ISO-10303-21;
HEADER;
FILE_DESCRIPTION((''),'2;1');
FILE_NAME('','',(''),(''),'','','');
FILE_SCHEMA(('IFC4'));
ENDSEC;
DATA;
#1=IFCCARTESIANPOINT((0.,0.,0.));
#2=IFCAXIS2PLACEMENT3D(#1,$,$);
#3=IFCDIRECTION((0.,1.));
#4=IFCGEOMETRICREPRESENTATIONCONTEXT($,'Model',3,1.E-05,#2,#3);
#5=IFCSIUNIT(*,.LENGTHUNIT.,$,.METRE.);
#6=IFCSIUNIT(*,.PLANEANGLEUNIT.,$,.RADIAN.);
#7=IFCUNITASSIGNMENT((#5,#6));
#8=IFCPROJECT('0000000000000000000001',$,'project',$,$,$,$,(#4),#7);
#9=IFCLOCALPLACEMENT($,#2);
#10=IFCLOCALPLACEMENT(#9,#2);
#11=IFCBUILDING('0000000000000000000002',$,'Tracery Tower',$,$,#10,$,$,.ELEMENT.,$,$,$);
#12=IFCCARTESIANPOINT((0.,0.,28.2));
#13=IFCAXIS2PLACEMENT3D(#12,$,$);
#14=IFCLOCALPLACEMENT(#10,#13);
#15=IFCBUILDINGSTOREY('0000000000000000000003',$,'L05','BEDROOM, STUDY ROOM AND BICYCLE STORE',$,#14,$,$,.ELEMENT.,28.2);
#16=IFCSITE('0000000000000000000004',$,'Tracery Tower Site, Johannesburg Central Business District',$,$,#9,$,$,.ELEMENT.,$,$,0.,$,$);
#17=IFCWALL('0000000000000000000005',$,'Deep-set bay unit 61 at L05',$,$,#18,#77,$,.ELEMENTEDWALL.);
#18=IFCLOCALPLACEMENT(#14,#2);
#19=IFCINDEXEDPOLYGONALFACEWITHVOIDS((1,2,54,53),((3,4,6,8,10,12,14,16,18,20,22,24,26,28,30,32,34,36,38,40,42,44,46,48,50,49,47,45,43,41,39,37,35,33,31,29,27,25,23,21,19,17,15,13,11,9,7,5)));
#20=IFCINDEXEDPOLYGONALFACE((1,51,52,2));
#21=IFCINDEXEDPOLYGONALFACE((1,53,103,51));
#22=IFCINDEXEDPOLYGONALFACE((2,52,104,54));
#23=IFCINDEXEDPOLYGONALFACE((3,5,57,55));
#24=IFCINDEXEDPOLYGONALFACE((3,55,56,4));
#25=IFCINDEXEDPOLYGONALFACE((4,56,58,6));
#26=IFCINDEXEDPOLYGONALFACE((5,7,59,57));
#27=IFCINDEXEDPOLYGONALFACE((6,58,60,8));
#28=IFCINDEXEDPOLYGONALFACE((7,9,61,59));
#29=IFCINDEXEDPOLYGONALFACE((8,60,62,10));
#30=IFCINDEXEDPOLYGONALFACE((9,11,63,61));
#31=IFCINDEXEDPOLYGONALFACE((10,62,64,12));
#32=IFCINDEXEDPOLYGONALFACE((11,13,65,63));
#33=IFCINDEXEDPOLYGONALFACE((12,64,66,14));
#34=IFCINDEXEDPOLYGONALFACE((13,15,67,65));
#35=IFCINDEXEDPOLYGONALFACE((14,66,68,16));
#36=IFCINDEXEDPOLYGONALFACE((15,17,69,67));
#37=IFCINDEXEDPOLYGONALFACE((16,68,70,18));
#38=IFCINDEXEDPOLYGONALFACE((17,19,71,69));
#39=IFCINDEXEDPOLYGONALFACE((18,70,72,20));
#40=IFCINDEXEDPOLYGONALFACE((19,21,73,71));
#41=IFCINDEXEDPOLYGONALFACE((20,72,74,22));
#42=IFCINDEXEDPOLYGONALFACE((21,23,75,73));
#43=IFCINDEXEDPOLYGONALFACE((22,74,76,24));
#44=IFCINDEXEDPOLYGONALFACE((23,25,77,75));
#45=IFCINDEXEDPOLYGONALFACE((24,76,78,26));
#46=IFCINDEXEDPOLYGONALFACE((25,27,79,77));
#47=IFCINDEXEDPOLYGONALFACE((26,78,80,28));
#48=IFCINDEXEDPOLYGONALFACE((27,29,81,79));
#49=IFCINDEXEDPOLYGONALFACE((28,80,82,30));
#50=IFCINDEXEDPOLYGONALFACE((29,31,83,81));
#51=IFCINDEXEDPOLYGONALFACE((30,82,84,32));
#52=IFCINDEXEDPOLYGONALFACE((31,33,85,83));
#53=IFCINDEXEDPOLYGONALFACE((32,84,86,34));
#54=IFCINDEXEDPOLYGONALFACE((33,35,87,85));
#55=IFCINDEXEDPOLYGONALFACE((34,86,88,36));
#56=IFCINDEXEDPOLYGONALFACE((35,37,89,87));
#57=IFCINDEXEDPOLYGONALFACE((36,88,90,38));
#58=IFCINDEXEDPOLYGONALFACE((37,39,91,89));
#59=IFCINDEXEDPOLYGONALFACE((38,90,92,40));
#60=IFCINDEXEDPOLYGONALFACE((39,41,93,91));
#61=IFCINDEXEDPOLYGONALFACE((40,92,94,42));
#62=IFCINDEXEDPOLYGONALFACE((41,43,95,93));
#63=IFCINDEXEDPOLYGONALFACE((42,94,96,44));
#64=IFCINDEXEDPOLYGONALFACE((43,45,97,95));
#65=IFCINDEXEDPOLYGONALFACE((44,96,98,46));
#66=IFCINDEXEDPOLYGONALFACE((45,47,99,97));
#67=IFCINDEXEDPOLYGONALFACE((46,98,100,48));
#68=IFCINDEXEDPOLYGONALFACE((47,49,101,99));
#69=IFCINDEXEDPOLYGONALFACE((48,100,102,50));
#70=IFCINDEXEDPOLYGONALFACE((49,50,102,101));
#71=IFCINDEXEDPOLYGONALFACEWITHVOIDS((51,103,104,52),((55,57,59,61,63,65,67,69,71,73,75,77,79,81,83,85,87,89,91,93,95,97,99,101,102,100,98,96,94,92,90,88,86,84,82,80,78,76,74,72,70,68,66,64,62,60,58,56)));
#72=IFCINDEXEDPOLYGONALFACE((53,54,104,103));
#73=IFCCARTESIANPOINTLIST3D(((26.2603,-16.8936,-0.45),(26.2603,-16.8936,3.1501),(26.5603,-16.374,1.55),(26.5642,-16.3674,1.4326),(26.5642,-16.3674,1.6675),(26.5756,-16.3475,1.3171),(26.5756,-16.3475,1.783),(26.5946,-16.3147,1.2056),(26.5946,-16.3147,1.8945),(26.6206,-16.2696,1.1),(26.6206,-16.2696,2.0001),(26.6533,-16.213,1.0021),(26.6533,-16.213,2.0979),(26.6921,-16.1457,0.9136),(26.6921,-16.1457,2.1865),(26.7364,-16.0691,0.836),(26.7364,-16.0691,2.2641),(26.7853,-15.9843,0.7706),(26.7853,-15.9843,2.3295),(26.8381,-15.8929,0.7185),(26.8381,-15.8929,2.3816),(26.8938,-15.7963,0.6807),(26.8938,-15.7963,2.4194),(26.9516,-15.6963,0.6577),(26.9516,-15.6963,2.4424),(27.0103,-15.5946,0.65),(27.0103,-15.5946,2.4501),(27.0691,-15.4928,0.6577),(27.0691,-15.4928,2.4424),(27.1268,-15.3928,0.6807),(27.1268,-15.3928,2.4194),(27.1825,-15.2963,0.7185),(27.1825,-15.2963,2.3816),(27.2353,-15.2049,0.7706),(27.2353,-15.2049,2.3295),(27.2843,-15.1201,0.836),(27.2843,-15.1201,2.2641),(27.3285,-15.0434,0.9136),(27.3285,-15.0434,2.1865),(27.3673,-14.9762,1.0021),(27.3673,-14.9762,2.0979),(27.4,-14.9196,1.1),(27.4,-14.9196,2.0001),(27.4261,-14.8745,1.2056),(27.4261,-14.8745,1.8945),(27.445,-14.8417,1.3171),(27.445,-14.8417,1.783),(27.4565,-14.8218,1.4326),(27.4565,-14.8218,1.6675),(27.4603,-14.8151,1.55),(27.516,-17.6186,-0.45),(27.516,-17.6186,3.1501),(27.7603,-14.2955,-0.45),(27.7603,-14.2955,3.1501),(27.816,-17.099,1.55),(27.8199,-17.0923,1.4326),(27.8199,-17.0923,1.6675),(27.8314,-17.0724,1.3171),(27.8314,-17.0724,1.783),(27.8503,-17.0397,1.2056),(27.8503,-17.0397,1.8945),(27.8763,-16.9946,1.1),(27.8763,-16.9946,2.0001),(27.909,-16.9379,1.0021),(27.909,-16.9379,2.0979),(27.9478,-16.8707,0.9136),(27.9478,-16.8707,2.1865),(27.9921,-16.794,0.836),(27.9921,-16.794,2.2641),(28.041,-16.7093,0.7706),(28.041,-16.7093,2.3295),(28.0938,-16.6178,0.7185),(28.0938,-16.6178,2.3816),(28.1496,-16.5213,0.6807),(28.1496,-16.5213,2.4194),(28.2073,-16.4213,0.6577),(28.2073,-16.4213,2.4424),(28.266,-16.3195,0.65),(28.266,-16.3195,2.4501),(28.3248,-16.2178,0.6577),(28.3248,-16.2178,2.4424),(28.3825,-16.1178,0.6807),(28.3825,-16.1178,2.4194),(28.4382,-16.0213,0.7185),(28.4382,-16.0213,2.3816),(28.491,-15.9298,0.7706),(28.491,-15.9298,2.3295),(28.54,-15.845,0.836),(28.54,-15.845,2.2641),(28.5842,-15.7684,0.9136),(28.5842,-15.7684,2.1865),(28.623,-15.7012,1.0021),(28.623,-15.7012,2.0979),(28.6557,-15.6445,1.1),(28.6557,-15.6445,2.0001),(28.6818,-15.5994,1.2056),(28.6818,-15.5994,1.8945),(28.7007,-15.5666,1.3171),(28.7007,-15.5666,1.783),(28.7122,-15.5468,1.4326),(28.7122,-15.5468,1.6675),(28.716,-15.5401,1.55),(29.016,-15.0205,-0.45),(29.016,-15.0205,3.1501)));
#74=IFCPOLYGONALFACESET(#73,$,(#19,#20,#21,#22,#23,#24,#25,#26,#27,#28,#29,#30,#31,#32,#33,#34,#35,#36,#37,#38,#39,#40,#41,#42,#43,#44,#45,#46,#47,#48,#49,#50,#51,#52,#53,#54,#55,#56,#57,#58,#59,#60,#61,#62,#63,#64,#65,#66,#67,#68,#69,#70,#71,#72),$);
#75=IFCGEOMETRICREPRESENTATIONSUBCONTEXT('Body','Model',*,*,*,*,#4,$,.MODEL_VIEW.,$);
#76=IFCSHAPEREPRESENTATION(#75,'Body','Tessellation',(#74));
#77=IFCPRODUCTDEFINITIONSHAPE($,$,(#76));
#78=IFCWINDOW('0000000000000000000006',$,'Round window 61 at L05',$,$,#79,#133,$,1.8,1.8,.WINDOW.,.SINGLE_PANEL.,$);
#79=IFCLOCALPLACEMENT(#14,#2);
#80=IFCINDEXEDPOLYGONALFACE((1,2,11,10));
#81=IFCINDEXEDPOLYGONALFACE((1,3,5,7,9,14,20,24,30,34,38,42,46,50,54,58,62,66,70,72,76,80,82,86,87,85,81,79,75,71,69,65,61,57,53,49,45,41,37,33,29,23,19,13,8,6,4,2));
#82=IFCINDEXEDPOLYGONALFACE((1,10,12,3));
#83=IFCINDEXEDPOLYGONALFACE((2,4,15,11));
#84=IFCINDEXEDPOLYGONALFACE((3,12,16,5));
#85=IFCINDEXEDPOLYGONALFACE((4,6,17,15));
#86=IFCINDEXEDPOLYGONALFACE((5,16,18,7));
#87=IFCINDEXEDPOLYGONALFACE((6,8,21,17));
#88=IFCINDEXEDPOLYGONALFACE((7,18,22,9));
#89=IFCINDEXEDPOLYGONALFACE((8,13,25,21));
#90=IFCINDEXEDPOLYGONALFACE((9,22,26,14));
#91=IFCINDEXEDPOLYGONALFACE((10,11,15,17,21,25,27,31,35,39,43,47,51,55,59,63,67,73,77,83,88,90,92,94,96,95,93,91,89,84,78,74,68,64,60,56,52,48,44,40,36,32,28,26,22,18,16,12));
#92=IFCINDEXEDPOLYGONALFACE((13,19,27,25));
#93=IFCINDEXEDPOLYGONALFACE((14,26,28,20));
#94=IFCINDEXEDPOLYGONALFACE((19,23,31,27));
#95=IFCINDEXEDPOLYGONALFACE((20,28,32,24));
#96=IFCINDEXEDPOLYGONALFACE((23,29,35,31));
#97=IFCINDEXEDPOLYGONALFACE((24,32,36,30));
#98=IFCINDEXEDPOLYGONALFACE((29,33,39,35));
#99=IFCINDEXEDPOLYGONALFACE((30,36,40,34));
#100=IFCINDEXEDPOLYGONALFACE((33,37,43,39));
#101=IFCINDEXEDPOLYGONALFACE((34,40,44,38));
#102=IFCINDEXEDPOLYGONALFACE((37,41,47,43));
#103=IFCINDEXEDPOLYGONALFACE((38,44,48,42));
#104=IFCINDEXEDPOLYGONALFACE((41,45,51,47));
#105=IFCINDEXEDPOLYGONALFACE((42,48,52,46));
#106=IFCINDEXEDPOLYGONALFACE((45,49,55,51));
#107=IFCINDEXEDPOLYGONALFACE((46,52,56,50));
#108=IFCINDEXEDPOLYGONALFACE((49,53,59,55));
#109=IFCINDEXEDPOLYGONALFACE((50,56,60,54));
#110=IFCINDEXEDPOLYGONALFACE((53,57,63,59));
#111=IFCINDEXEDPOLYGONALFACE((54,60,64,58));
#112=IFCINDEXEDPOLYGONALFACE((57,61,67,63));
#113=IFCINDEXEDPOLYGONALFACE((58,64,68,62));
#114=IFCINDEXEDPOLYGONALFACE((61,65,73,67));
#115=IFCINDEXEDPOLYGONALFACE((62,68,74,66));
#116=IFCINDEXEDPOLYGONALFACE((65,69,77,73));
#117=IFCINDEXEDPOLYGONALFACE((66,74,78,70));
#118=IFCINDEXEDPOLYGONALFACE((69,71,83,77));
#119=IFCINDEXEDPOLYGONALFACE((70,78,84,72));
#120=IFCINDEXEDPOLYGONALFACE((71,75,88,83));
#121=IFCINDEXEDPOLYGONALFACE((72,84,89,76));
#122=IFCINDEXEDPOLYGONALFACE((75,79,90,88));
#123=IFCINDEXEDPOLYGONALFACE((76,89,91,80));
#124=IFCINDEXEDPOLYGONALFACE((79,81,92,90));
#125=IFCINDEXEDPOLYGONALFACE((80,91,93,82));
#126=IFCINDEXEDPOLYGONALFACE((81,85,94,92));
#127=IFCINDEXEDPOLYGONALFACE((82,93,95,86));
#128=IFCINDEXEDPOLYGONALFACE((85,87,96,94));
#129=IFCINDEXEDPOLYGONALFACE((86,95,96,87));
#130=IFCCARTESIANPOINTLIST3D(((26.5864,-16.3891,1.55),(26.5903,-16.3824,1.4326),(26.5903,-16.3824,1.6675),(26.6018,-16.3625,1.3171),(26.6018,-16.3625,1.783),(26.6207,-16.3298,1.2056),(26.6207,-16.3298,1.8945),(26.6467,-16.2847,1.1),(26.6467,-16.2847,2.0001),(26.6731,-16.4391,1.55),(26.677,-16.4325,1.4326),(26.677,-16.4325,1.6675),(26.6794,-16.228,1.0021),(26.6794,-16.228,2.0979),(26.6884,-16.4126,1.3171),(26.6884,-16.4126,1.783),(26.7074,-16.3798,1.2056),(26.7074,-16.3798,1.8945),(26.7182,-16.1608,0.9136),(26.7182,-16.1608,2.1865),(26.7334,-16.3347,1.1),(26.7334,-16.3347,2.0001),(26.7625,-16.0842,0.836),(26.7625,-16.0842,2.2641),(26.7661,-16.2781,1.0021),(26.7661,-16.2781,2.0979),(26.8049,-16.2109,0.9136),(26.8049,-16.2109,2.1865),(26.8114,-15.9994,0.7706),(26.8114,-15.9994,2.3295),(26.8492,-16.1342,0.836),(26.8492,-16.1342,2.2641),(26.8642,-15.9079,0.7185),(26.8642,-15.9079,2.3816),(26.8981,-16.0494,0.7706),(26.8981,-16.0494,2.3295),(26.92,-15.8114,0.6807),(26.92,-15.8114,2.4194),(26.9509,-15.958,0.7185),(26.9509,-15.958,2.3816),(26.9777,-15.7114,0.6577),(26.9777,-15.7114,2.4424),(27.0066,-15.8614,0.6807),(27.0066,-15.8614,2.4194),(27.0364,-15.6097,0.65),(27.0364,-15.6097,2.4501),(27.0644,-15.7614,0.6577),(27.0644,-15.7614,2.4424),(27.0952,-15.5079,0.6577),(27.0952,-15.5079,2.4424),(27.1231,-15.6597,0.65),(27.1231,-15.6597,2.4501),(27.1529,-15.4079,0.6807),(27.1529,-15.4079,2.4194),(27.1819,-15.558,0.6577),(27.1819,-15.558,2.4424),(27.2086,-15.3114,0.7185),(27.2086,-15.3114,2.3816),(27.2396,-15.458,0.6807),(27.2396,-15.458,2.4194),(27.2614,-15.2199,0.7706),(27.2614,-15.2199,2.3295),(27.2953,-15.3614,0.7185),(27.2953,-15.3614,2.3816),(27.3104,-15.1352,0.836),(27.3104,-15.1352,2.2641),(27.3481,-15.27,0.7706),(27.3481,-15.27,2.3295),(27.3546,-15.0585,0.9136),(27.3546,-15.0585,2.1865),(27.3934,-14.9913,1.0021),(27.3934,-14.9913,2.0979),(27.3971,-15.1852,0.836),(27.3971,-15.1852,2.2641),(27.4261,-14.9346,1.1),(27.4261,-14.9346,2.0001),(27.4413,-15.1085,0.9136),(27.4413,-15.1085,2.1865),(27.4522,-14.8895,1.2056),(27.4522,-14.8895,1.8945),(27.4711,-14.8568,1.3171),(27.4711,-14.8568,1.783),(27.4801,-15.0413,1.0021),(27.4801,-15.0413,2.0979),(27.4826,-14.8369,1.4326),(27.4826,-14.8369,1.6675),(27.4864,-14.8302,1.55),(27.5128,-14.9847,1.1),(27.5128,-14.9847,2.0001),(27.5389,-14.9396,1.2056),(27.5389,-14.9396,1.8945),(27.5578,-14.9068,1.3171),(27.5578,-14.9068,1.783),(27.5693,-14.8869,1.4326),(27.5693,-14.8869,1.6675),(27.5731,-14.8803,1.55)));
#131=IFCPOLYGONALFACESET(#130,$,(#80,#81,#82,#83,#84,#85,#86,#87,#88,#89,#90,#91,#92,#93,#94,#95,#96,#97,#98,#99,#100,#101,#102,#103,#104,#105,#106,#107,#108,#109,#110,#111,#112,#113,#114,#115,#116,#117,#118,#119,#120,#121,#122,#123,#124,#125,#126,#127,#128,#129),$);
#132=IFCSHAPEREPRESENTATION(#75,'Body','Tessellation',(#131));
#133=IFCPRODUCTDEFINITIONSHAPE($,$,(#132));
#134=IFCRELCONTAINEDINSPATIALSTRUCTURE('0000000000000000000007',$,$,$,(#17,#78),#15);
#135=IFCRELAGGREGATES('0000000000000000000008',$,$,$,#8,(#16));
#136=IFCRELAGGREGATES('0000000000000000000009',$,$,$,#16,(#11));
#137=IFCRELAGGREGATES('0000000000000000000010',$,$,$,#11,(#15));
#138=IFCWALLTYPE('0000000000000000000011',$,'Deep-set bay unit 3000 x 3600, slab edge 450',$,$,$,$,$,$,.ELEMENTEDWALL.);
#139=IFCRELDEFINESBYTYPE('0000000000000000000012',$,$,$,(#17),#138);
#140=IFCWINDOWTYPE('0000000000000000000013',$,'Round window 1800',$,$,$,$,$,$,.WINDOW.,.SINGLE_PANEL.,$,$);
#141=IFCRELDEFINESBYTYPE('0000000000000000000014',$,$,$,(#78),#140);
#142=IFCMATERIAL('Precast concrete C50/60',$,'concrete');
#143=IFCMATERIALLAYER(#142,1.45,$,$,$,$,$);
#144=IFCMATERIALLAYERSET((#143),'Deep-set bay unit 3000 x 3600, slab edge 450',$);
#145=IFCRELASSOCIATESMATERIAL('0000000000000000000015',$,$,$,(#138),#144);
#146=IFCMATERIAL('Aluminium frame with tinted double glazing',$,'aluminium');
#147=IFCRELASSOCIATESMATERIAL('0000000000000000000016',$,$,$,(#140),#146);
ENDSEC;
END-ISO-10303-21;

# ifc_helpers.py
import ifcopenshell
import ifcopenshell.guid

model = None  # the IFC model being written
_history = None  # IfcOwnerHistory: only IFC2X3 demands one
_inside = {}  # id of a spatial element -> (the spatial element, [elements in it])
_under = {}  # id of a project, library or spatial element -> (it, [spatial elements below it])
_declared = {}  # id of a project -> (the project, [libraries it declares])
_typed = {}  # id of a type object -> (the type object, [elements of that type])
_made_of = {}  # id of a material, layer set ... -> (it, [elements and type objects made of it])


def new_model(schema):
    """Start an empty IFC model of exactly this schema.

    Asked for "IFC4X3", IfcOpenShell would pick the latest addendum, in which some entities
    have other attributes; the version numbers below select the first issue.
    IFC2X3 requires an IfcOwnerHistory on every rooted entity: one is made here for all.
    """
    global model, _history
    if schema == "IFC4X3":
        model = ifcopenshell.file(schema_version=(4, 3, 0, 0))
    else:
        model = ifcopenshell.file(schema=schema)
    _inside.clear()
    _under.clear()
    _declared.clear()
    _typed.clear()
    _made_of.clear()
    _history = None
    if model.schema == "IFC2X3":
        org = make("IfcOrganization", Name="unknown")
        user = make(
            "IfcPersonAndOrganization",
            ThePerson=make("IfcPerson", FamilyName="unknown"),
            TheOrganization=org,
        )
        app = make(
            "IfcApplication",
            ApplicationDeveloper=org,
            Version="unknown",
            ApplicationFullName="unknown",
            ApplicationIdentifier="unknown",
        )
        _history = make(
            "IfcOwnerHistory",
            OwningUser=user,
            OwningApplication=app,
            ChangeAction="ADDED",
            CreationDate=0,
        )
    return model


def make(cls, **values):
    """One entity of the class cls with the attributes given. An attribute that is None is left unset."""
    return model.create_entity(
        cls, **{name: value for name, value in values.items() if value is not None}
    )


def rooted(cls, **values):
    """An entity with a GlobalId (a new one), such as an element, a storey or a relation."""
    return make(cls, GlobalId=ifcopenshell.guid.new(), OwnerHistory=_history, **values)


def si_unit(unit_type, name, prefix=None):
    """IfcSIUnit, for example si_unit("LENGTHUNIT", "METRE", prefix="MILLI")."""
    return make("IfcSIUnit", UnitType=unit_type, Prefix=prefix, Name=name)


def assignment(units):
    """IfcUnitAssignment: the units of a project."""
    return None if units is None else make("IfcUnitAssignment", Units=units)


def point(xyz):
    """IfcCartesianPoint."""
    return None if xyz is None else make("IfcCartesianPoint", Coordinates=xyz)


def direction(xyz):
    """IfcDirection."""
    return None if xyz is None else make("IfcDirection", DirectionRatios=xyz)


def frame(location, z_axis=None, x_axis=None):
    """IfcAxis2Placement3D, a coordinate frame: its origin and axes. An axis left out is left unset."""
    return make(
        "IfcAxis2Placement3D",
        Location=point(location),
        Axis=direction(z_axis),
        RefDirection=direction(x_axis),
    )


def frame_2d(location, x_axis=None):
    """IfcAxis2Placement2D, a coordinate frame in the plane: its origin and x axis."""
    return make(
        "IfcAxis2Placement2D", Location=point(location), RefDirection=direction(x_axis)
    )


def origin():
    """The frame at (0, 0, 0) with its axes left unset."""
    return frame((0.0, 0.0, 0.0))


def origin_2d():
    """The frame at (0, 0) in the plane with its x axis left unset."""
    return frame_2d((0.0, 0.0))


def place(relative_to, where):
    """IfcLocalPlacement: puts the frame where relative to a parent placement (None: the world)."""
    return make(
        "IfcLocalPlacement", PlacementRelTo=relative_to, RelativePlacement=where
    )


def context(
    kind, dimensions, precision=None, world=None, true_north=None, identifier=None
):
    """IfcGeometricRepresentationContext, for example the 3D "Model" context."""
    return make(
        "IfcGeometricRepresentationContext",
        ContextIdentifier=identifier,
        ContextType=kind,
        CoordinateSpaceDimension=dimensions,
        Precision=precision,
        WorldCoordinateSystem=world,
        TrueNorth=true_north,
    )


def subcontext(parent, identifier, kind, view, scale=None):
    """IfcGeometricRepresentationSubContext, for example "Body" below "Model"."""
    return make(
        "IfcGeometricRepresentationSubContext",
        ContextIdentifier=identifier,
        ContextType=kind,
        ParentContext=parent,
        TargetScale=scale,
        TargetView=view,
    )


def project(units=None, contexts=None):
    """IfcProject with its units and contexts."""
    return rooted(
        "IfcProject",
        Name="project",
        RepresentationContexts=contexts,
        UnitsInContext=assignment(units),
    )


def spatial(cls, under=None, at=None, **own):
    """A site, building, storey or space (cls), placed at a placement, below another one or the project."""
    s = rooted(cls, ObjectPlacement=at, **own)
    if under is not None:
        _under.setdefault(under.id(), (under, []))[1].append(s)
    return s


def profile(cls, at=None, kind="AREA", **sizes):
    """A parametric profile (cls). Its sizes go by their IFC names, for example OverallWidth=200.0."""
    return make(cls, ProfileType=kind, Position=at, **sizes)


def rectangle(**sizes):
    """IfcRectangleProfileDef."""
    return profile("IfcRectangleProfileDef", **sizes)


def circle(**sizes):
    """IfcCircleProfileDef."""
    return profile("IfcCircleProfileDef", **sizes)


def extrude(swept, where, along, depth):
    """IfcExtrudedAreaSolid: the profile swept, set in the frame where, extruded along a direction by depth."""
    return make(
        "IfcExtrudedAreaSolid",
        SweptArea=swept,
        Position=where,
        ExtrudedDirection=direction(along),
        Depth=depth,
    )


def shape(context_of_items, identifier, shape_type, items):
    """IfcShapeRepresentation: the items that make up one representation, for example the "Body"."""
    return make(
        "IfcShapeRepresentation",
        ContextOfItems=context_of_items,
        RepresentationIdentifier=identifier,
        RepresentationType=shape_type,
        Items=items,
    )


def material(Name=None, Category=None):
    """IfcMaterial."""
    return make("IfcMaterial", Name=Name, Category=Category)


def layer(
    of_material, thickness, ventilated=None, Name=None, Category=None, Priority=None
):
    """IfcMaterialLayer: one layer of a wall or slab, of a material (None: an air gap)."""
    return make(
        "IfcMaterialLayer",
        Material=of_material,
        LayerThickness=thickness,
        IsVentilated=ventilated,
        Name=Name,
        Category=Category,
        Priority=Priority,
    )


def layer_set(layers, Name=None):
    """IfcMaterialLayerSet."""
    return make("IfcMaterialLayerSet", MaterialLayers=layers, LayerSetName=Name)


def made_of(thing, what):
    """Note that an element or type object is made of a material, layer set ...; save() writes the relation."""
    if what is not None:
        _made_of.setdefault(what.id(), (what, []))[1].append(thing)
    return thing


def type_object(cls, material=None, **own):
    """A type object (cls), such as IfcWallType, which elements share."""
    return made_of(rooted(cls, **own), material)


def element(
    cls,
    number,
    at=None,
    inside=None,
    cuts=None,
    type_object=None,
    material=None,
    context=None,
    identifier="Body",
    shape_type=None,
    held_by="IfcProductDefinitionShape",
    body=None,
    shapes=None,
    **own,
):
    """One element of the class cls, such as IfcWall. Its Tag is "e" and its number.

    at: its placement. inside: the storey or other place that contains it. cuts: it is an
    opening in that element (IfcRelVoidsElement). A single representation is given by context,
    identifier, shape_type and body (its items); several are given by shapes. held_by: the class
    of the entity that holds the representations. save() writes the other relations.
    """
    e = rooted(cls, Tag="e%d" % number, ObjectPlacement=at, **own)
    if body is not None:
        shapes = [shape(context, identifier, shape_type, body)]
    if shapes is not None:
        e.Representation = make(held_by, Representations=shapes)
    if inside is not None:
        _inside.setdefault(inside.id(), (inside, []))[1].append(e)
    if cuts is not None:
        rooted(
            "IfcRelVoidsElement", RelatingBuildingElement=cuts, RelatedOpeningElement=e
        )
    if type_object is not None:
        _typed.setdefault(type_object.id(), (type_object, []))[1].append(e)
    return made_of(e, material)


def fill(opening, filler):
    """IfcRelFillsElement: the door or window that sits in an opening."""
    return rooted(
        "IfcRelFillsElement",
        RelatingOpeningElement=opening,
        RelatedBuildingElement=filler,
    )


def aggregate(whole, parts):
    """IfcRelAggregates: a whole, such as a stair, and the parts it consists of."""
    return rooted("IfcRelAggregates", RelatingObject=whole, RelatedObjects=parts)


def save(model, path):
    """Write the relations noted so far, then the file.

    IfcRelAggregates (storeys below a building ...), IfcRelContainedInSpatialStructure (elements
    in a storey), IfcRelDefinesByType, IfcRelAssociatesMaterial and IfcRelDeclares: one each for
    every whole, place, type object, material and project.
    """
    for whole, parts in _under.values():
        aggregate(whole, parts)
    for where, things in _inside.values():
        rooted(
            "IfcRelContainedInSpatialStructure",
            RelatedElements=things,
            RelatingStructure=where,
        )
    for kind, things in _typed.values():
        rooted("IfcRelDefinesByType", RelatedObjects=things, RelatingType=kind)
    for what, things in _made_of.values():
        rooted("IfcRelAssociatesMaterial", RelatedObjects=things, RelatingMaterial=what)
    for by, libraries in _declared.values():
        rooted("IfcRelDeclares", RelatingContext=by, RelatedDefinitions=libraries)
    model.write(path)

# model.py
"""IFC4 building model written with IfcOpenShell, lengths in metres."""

from ifc_helpers import new_model, si_unit, direction, frame, frame_2d, origin, origin_2d, place, context, subcontext, project, spatial, rectangle, circle, extrude, material, layer, layer_set, type_object, element, fill, save


model = new_model("IFC4")

# Units and contexts
model_context = context("Model", 3, precision=1e-05, world=origin(), true_north=direction((0.0, 1.0)))
body_context = subcontext(model_context, "Body", "Model", "MODEL_VIEW")
ifc_project = project(units=[si_unit("LENGTHUNIT", "METRE"), si_unit("PLANEANGLEUNIT", "RADIAN")], contexts=[model_context])

# Site, building, storey
site_placement = place(None, origin())
site = spatial("IfcSite", under=ifc_project, at=site_placement, Name="Tracery Tower Site, Johannesburg Central Business District", CompositionType="ELEMENT", RefElevation=0.0)
building_placement = place(site_placement, origin())
building = spatial("IfcBuilding", under=site, at=building_placement, Name="Tracery Tower", CompositionType="ELEMENT")
storey_placement = place(building_placement, frame((0.0, 0.0, 28.2)))
storey = spatial("IfcBuildingStorey", under=building, at=storey_placement, Name="L05", Description="BEDROOM, STUDY ROOM AND BICYCLE STORE", CompositionType="ELEMENT", Elevation=28.2)

# Wall, opening, window
ifc_material_1 = material(Name="Precast concrete C50/60", Category="concrete")
ifc_layer_1 = layer(ifc_material_1, 1.45)
ifc_layer_set_1 = layer_set([ifc_layer_1], Name="Deep-set bay unit 3000 x 3600, slab edge 450")
wall_type_1 = type_object("IfcWallType", Name="Deep-set bay unit 3000 x 3600, slab edge 450", PredefinedType="ELEMENTEDWALL", material=ifc_layer_set_1)
ifc_material_2 = material(Name="Aluminium frame with tinted double glazing", Category="aluminium")
window_type = type_object("IfcWindowType", Name="Round window 1800", PartitioningType="SINGLE_PANEL", PredefinedType="WINDOW", material=ifc_material_2)
wall_1_placement = place(storey_placement, frame((26.8882, -17.2561, -0.45), z_axis=(0.0, 0.0, 1.0), x_axis=(0.49999, 0.866031, 0.0)))
wall_1 = element("IfcWall", 1, at=wall_1_placement, inside=storey, type_object=wall_type_1, Name="Deep-set bay unit 61 at L05", PredefinedType="ELEMENTEDWALL", context=body_context, shape_type="SweptSolid", body=[
    extrude(rectangle(XDim=3.0, YDim=1.45, at=frame_2d((1.5, 0.0))), origin(), (0.0, 0.0, 1.0), 3.6001),
])
opening_1_placement = place(wall_1_placement, frame((1.5, 0.0, 2.0)))
opening_1 = element("IfcOpeningElement", 2, at=opening_1_placement, cuts=wall_1, PredefinedType="OPENING", context=body_context, shape_type="SweptSolid", body=[
    extrude(circle(Radius=0.9, at=origin_2d()), frame((0.0, 0.7349, 0.0), z_axis=(0.0, -1.0, 0.0), x_axis=(1.0, 0.0, 0.0)), (0.0, 0.0, 1.0), 1.47),
])
window_1_placement = place(opening_1_placement, origin())
window_1 = element("IfcWindow", 3, at=window_1_placement, inside=storey, type_object=window_type, Name="Round window 61 at L05", OverallHeight=1.8, OverallWidth=1.8, PartitioningType="SINGLE_PANEL", PredefinedType="WINDOW", context=body_context, shape_type="SweptSolid", body=[
    extrude(circle(Radius=0.9, at=origin_2d()), frame((0.0, 0.6948, 0.0), z_axis=(0.0, -1.0, 0.0), x_axis=(1.0, 0.0, 0.0)), (0.0, 0.0, 1.0), 0.1001),
])
fill(opening_1, window_1)

save(model, "model.ifc")
